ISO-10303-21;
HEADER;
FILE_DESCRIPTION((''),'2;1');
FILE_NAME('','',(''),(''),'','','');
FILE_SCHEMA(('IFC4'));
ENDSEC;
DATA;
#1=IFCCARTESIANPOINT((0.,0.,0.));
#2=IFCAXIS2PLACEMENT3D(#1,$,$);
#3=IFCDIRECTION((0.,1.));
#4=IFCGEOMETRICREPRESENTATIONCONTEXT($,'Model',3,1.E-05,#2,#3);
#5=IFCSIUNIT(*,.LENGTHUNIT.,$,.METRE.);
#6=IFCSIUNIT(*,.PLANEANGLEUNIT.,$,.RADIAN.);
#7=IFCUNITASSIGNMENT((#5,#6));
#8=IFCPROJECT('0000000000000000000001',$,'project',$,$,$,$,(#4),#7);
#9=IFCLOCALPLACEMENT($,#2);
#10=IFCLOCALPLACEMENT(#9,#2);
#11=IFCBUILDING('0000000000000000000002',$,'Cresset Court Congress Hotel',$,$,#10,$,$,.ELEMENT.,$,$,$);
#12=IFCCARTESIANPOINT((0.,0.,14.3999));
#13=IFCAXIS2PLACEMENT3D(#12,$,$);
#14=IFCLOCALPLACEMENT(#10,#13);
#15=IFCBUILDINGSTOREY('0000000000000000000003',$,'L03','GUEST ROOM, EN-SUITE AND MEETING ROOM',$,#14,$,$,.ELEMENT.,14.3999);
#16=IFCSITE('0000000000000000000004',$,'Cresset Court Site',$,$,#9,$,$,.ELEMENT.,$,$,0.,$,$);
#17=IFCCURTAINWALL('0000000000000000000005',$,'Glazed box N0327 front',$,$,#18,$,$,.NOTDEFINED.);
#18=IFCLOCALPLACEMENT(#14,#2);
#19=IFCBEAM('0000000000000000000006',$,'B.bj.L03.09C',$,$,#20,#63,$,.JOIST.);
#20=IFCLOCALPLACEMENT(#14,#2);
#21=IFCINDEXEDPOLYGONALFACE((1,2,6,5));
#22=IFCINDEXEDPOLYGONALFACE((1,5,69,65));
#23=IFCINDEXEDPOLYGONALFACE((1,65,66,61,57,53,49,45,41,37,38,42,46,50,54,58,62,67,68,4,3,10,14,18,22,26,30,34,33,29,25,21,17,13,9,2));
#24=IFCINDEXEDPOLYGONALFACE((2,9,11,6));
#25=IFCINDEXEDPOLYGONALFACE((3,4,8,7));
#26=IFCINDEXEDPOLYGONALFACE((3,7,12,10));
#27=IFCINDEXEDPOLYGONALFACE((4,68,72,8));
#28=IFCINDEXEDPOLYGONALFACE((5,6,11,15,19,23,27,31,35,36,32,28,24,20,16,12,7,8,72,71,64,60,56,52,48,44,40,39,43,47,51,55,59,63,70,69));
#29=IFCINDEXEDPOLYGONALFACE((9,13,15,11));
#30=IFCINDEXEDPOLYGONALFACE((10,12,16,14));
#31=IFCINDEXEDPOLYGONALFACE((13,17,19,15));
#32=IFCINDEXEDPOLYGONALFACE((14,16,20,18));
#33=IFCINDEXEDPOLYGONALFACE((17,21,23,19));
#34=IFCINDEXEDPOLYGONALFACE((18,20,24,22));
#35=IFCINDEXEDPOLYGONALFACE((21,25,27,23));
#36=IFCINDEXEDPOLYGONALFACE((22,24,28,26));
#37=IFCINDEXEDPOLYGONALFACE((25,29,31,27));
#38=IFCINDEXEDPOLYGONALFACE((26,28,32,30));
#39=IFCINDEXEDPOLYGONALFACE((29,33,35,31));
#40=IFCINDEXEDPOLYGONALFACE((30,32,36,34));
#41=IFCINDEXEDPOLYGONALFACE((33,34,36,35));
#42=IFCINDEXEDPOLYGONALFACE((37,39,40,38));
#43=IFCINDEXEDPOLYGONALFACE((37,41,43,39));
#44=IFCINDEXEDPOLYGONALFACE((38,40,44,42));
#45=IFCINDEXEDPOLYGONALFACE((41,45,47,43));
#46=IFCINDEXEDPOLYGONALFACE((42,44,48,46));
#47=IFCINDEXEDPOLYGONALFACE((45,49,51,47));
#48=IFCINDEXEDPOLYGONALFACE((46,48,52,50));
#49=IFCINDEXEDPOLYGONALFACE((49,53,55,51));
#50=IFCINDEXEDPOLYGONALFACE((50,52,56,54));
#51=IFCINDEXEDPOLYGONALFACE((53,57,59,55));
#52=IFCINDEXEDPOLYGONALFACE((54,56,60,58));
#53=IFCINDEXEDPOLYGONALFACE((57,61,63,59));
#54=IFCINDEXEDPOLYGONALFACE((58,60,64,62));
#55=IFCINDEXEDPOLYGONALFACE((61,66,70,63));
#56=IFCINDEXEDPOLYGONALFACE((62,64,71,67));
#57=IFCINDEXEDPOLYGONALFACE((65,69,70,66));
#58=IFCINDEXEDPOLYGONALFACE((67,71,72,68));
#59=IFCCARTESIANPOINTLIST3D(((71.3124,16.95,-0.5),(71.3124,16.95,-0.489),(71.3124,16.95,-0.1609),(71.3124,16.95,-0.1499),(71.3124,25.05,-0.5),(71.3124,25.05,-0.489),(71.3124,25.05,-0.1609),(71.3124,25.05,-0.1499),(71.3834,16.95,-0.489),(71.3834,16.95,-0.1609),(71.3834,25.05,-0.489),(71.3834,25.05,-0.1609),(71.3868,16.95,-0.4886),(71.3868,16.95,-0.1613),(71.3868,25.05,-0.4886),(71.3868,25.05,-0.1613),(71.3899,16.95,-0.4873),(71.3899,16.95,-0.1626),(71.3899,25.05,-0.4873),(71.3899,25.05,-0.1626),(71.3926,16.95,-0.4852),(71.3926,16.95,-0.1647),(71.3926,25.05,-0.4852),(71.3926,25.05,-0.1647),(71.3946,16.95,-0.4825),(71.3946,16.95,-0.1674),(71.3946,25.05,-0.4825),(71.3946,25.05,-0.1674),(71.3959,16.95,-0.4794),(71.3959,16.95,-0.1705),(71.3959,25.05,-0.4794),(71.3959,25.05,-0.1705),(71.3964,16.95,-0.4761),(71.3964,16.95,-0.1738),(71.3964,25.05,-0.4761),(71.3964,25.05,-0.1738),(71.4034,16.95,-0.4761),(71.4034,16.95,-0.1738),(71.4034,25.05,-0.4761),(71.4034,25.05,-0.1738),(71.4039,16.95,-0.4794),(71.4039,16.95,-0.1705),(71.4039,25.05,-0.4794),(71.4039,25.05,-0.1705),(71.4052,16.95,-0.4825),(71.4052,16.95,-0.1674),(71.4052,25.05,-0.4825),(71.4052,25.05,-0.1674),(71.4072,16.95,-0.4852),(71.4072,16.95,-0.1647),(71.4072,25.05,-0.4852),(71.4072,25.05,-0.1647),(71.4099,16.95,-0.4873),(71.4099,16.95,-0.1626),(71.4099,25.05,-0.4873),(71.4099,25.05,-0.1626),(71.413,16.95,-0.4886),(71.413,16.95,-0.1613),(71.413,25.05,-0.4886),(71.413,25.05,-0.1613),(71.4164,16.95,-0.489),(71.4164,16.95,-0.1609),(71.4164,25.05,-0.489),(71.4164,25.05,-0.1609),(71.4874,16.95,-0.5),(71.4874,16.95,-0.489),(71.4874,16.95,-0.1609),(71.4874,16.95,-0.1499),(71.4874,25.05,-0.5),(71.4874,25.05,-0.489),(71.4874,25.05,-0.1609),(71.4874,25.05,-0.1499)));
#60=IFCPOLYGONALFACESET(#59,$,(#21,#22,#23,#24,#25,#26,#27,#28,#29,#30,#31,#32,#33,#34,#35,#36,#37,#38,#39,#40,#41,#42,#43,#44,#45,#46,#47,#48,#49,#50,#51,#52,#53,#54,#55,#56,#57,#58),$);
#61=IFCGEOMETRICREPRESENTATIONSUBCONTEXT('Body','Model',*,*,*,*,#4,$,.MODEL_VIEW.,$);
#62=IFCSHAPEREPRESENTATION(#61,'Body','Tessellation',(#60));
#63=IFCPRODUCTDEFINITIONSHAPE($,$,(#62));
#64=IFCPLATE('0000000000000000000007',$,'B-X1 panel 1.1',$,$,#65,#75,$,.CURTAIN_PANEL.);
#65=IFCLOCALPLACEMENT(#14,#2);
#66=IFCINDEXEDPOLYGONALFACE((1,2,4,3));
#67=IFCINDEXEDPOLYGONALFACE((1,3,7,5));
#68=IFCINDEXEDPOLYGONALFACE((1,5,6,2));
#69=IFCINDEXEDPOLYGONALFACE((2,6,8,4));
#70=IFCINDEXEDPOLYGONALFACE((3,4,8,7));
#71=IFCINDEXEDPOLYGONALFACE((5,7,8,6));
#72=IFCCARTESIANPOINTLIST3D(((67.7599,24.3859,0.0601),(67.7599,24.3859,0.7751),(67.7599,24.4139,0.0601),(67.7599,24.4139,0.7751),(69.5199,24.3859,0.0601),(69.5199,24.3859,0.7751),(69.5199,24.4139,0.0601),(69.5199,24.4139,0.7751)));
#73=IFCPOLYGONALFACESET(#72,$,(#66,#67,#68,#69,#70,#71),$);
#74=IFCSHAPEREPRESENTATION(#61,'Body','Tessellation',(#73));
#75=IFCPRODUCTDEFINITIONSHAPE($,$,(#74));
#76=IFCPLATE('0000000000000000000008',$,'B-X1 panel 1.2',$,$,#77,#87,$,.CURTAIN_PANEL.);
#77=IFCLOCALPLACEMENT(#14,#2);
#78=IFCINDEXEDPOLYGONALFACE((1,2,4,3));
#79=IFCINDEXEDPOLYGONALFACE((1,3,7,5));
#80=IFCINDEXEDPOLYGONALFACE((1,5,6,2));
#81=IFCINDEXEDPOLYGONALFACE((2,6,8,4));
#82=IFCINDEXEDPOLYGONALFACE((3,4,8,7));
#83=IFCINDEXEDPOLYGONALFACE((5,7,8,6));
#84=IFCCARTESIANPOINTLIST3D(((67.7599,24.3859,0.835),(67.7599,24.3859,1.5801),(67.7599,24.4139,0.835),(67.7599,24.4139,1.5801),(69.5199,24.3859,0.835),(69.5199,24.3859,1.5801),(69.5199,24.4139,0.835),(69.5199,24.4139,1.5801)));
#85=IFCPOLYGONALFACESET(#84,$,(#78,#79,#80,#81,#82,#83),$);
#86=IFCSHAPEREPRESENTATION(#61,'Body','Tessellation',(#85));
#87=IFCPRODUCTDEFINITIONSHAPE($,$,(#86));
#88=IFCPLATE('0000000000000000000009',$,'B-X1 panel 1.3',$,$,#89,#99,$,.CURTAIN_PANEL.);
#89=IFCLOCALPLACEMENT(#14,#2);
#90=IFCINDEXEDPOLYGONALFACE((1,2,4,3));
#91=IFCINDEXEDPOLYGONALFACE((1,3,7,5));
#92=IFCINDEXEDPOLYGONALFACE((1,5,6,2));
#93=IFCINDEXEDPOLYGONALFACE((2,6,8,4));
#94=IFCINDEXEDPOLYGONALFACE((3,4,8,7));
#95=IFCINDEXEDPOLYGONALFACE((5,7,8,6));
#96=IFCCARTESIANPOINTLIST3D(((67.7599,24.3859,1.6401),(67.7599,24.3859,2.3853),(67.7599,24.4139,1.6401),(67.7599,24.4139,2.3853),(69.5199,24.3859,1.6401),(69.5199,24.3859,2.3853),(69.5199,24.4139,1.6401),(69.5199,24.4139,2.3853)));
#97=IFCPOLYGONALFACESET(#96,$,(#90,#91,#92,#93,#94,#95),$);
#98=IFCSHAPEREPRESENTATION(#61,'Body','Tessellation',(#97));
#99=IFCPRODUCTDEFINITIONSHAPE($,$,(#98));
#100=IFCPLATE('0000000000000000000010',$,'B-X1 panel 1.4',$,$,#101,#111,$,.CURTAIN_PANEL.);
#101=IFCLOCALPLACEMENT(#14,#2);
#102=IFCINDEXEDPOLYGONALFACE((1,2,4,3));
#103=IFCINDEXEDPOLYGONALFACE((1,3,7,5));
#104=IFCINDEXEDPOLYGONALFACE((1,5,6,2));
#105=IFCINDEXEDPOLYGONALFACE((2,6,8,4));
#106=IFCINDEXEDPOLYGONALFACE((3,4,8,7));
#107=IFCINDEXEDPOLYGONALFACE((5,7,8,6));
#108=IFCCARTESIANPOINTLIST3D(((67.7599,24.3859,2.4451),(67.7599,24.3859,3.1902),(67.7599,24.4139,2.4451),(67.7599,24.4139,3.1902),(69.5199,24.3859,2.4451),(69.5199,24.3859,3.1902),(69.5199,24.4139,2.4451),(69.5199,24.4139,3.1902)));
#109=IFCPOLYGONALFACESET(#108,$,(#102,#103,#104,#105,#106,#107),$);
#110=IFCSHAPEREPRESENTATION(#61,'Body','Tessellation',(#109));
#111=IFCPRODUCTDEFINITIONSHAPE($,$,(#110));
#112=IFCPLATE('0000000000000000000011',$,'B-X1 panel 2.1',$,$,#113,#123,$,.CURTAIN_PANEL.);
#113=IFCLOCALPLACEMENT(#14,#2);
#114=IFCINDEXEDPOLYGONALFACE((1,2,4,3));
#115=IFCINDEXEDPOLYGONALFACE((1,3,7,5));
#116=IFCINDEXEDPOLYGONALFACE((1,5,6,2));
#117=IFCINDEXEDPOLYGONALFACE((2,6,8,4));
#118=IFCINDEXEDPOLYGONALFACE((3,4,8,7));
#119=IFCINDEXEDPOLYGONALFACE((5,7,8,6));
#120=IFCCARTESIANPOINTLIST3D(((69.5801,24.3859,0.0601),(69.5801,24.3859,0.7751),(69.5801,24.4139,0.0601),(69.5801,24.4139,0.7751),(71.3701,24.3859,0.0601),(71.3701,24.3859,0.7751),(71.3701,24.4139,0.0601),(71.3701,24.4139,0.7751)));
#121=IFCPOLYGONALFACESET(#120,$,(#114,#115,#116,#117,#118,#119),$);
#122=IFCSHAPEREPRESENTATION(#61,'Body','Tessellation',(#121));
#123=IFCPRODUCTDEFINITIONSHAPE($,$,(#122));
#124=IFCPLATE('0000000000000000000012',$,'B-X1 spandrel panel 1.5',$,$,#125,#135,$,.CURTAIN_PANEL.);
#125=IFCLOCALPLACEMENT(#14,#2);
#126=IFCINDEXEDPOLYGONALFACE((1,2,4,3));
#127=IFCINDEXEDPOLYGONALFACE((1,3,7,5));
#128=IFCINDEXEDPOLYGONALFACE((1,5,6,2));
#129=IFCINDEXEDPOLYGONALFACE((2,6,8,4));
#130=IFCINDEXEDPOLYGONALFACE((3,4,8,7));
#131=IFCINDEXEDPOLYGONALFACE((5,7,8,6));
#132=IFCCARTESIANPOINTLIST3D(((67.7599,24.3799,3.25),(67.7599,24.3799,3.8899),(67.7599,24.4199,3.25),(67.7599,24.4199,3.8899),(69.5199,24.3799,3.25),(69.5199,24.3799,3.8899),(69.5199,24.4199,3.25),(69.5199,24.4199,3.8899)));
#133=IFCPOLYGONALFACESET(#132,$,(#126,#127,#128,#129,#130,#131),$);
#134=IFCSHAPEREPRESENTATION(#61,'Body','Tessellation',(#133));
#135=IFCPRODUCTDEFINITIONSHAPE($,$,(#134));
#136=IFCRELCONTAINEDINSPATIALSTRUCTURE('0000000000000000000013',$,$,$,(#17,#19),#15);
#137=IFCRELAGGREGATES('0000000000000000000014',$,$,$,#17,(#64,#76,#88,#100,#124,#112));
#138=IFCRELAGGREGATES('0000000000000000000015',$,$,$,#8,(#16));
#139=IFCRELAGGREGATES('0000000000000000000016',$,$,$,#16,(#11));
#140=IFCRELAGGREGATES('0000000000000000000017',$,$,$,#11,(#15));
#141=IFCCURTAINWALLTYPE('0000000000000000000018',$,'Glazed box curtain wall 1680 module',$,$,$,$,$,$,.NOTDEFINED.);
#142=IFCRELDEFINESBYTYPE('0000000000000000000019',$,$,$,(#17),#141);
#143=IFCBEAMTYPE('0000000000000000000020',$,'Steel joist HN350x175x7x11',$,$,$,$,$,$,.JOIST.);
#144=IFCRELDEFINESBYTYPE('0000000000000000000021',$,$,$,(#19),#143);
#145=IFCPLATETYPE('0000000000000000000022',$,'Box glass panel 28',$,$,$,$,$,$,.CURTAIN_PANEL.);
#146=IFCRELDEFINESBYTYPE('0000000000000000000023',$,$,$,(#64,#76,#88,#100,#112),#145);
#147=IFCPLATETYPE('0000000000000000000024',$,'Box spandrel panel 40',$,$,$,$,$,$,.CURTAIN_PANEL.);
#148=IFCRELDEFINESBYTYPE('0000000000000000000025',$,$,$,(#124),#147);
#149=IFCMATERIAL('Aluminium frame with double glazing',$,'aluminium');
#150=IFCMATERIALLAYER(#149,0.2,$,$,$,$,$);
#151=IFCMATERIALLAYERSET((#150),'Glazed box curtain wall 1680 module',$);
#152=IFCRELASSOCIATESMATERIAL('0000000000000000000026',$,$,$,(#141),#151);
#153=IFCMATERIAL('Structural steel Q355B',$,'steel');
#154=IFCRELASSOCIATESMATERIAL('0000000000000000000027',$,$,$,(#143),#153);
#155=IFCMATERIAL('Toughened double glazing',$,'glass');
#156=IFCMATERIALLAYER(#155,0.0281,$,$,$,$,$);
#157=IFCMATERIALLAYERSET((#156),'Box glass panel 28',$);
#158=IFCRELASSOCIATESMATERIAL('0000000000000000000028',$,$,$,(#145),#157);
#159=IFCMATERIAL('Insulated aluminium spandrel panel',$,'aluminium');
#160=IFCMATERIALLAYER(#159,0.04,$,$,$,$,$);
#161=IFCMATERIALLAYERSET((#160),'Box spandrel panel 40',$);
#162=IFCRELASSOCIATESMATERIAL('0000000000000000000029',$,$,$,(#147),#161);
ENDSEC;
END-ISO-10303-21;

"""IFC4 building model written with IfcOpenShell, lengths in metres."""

from ifc_helpers import new_model, si_unit, direction, frame, origin, origin_2d, place, context, subcontext, project, spatial, rectangle, i_section, extrude, material, layer, layer_set, material_profile, profile_set, type_object, element, aggregate, save


model = new_model("IFC4")

# Units and contexts
model_context = context("Model", 3, precision=1e-05, world=origin(), true_north=direction((0.0, 1.0)))
body_context = subcontext(model_context, "Body", "Model", "MODEL_VIEW")
ifc_project = project(units=[si_unit("LENGTHUNIT", "METRE"), si_unit("PLANEANGLEUNIT", "RADIAN")], contexts=[model_context])

# Site, building, storey
site_placement = place(None, origin())
site = spatial("IfcSite", under=ifc_project, at=site_placement, Name="Cresset Court Site", CompositionType="ELEMENT", RefElevation=0.0)
building_placement = place(site_placement, origin())
building = spatial("IfcBuilding", under=site, at=building_placement, Name="Cresset Court Congress Hotel", CompositionType="ELEMENT")
storey_placement = place(building_placement, frame((0.0, 0.0, 14.3999)))
storey = spatial("IfcBuildingStorey", under=building, at=storey_placement, Name="L03", Description="GUEST ROOM, EN-SUITE AND MEETING ROOM", CompositionType="ELEMENT", Elevation=14.3999)

# Curtain wall
ifc_material_1 = material(Name="Aluminium frame with double glazing", Category="aluminium")
ifc_layer_1 = layer(ifc_material_1, 0.2)
ifc_layer_set_1 = layer_set([ifc_layer_1], Name="Glazed box curtain wall 1680 module")
curtain_wall_type = type_object("IfcCurtainWallType", Name="Glazed box curtain wall 1680 module", PredefinedType="NOTDEFINED", material=ifc_layer_set_1)
curtain_wall_placement = place(storey_placement, origin())
curtain_wall = element("IfcCurtainWall", 1, at=curtain_wall_placement, inside=storey, type_object=curtain_wall_type, Name="Glazed box N0327 front", PredefinedType="NOTDEFINED")

# Beam
ifc_material_2 = material(Name="Structural steel Q355B", Category="steel")
ifc_material_profile_1 = material_profile(ifc_material_2, i_section(OverallWidth=0.175, OverallDepth=0.3501, WebThickness=0.0071, FlangeThickness=0.011, FilletRadius=0.0129, at=origin_2d()), Name="HN350x175x7x11")
ifc_profile_set_1 = profile_set([ifc_material_profile_1], Name="Structural steel Q355B")
beam_type = type_object("IfcBeamType", Name="Steel joist HN350x175x7x11", PredefinedType="JOIST", material=ifc_profile_set_1)
beam_placement = place(storey_placement, frame((71.3999, 16.95, -0.325), z_axis=(0.0, 1.0, 0.0), x_axis=(-1.0, 0.0, 0.0)))
element("IfcBeam", 2, at=beam_placement, inside=storey, type_object=beam_type, Name="B.bj.L03.09C", PredefinedType="JOIST", context=body_context, shape_type="SweptSolid", body=[
    extrude(i_section(OverallWidth=0.175, OverallDepth=0.3501, WebThickness=0.0071, FlangeThickness=0.011, FilletRadius=0.0129, at=origin_2d()), origin(), (0.0, 0.0, 1.0), 8.1001),
])

# Plates
ifc_material_3 = material(Name="Toughened double glazing", Category="glass")
ifc_layer_2 = layer(ifc_material_3, 0.0281)
ifc_layer_set_2 = layer_set([ifc_layer_2], Name="Box glass panel 28")
plate_type_1 = type_object("IfcPlateType", Name="Box glass panel 28", PredefinedType="CURTAIN_PANEL", material=ifc_layer_set_2)
plate_1_placement = place(storey_placement, frame((68.6399, 24.3999, 0.0601), z_axis=(0.0, 0.0, 1.0), x_axis=(1.0, 0.0, 0.0)))
plate_1 = element("IfcPlate", 3, at=plate_1_placement, type_object=plate_type_1, Name="B-X1 panel 1.1", PredefinedType="CURTAIN_PANEL", context=body_context, shape_type="SweptSolid", body=[
    extrude(rectangle(XDim=1.76, YDim=0.0281, at=origin_2d()), origin(), (0.0, 0.0, 1.0), 0.7151),
])
plate_2_placement = place(storey_placement, frame((68.6399, 24.3999, 0.835), z_axis=(0.0, 0.0, 1.0), x_axis=(1.0, 0.0, 0.0)))
plate_2 = element("IfcPlate", 4, at=plate_2_placement, type_object=plate_type_1, Name="B-X1 panel 1.2", PredefinedType="CURTAIN_PANEL", context=body_context, shape_type="SweptSolid", body=[
    extrude(rectangle(XDim=1.76, YDim=0.0281, at=origin_2d()), origin(), (0.0, 0.0, 1.0), 0.7451),
])
plate_3_placement = place(storey_placement, frame((68.6399, 24.3999, 1.6401), z_axis=(0.0, 0.0, 1.0), x_axis=(1.0, 0.0, 0.0)))
plate_3 = element("IfcPlate", 5, at=plate_3_placement, type_object=plate_type_1, Name="B-X1 panel 1.3", PredefinedType="CURTAIN_PANEL", context=body_context, shape_type="SweptSolid", body=[
    extrude(rectangle(XDim=1.76, YDim=0.0281, at=origin_2d()), origin(), (0.0, 0.0, 1.0), 0.7451),
])
plate_4_placement = place(storey_placement, frame((68.6399, 24.3999, 2.4451), z_axis=(0.0, 0.0, 1.0), x_axis=(1.0, 0.0, 0.0)))
plate_4 = element("IfcPlate", 6, at=plate_4_placement, type_object=plate_type_1, Name="B-X1 panel 1.4", PredefinedType="CURTAIN_PANEL", context=body_context, shape_type="SweptSolid", body=[
    extrude(rectangle(XDim=1.76, YDim=0.0281, at=origin_2d()), origin(), (0.0, 0.0, 1.0), 0.7451),
])
plate_5_placement = place(storey_placement, frame((70.4751, 24.3999, 0.0601), z_axis=(0.0, 0.0, 1.0), x_axis=(1.0, 0.0, 0.0)))
plate_5 = element("IfcPlate", 7, at=plate_5_placement, type_object=plate_type_1, Name="B-X1 panel 2.1", PredefinedType="CURTAIN_PANEL", context=body_context, shape_type="SweptSolid", body=[
    extrude(rectangle(XDim=1.79, YDim=0.0281, at=origin_2d()), origin(), (0.0, 0.0, 1.0), 0.7151),
])
ifc_material_4 = material(Name="Insulated aluminium spandrel panel", Category="aluminium")
ifc_layer_3 = layer(ifc_material_4, 0.04)
ifc_layer_set_3 = layer_set([ifc_layer_3], Name="Box spandrel panel 40")
plate_type_2 = type_object("IfcPlateType", Name="Box spandrel panel 40", PredefinedType="CURTAIN_PANEL", material=ifc_layer_set_3)
plate_6_placement = place(storey_placement, frame((68.6399, 24.3999, 3.25), z_axis=(0.0, 0.0, 1.0), x_axis=(1.0, 0.0, 0.0)))
plate_6 = element("IfcPlate", 8, at=plate_6_placement, type_object=plate_type_2, Name="B-X1 spandrel panel 1.5", PredefinedType="CURTAIN_PANEL", context=body_context, shape_type="SweptSolid", body=[
    extrude(rectangle(XDim=1.76, YDim=0.04, at=origin_2d()), origin(), (0.0, 0.0, 1.0), 0.6399),
])
aggregate(curtain_wall, [plate_1, plate_2, plate_3, plate_4, plate_6, plate_5])

save(model, "model.ifc")
